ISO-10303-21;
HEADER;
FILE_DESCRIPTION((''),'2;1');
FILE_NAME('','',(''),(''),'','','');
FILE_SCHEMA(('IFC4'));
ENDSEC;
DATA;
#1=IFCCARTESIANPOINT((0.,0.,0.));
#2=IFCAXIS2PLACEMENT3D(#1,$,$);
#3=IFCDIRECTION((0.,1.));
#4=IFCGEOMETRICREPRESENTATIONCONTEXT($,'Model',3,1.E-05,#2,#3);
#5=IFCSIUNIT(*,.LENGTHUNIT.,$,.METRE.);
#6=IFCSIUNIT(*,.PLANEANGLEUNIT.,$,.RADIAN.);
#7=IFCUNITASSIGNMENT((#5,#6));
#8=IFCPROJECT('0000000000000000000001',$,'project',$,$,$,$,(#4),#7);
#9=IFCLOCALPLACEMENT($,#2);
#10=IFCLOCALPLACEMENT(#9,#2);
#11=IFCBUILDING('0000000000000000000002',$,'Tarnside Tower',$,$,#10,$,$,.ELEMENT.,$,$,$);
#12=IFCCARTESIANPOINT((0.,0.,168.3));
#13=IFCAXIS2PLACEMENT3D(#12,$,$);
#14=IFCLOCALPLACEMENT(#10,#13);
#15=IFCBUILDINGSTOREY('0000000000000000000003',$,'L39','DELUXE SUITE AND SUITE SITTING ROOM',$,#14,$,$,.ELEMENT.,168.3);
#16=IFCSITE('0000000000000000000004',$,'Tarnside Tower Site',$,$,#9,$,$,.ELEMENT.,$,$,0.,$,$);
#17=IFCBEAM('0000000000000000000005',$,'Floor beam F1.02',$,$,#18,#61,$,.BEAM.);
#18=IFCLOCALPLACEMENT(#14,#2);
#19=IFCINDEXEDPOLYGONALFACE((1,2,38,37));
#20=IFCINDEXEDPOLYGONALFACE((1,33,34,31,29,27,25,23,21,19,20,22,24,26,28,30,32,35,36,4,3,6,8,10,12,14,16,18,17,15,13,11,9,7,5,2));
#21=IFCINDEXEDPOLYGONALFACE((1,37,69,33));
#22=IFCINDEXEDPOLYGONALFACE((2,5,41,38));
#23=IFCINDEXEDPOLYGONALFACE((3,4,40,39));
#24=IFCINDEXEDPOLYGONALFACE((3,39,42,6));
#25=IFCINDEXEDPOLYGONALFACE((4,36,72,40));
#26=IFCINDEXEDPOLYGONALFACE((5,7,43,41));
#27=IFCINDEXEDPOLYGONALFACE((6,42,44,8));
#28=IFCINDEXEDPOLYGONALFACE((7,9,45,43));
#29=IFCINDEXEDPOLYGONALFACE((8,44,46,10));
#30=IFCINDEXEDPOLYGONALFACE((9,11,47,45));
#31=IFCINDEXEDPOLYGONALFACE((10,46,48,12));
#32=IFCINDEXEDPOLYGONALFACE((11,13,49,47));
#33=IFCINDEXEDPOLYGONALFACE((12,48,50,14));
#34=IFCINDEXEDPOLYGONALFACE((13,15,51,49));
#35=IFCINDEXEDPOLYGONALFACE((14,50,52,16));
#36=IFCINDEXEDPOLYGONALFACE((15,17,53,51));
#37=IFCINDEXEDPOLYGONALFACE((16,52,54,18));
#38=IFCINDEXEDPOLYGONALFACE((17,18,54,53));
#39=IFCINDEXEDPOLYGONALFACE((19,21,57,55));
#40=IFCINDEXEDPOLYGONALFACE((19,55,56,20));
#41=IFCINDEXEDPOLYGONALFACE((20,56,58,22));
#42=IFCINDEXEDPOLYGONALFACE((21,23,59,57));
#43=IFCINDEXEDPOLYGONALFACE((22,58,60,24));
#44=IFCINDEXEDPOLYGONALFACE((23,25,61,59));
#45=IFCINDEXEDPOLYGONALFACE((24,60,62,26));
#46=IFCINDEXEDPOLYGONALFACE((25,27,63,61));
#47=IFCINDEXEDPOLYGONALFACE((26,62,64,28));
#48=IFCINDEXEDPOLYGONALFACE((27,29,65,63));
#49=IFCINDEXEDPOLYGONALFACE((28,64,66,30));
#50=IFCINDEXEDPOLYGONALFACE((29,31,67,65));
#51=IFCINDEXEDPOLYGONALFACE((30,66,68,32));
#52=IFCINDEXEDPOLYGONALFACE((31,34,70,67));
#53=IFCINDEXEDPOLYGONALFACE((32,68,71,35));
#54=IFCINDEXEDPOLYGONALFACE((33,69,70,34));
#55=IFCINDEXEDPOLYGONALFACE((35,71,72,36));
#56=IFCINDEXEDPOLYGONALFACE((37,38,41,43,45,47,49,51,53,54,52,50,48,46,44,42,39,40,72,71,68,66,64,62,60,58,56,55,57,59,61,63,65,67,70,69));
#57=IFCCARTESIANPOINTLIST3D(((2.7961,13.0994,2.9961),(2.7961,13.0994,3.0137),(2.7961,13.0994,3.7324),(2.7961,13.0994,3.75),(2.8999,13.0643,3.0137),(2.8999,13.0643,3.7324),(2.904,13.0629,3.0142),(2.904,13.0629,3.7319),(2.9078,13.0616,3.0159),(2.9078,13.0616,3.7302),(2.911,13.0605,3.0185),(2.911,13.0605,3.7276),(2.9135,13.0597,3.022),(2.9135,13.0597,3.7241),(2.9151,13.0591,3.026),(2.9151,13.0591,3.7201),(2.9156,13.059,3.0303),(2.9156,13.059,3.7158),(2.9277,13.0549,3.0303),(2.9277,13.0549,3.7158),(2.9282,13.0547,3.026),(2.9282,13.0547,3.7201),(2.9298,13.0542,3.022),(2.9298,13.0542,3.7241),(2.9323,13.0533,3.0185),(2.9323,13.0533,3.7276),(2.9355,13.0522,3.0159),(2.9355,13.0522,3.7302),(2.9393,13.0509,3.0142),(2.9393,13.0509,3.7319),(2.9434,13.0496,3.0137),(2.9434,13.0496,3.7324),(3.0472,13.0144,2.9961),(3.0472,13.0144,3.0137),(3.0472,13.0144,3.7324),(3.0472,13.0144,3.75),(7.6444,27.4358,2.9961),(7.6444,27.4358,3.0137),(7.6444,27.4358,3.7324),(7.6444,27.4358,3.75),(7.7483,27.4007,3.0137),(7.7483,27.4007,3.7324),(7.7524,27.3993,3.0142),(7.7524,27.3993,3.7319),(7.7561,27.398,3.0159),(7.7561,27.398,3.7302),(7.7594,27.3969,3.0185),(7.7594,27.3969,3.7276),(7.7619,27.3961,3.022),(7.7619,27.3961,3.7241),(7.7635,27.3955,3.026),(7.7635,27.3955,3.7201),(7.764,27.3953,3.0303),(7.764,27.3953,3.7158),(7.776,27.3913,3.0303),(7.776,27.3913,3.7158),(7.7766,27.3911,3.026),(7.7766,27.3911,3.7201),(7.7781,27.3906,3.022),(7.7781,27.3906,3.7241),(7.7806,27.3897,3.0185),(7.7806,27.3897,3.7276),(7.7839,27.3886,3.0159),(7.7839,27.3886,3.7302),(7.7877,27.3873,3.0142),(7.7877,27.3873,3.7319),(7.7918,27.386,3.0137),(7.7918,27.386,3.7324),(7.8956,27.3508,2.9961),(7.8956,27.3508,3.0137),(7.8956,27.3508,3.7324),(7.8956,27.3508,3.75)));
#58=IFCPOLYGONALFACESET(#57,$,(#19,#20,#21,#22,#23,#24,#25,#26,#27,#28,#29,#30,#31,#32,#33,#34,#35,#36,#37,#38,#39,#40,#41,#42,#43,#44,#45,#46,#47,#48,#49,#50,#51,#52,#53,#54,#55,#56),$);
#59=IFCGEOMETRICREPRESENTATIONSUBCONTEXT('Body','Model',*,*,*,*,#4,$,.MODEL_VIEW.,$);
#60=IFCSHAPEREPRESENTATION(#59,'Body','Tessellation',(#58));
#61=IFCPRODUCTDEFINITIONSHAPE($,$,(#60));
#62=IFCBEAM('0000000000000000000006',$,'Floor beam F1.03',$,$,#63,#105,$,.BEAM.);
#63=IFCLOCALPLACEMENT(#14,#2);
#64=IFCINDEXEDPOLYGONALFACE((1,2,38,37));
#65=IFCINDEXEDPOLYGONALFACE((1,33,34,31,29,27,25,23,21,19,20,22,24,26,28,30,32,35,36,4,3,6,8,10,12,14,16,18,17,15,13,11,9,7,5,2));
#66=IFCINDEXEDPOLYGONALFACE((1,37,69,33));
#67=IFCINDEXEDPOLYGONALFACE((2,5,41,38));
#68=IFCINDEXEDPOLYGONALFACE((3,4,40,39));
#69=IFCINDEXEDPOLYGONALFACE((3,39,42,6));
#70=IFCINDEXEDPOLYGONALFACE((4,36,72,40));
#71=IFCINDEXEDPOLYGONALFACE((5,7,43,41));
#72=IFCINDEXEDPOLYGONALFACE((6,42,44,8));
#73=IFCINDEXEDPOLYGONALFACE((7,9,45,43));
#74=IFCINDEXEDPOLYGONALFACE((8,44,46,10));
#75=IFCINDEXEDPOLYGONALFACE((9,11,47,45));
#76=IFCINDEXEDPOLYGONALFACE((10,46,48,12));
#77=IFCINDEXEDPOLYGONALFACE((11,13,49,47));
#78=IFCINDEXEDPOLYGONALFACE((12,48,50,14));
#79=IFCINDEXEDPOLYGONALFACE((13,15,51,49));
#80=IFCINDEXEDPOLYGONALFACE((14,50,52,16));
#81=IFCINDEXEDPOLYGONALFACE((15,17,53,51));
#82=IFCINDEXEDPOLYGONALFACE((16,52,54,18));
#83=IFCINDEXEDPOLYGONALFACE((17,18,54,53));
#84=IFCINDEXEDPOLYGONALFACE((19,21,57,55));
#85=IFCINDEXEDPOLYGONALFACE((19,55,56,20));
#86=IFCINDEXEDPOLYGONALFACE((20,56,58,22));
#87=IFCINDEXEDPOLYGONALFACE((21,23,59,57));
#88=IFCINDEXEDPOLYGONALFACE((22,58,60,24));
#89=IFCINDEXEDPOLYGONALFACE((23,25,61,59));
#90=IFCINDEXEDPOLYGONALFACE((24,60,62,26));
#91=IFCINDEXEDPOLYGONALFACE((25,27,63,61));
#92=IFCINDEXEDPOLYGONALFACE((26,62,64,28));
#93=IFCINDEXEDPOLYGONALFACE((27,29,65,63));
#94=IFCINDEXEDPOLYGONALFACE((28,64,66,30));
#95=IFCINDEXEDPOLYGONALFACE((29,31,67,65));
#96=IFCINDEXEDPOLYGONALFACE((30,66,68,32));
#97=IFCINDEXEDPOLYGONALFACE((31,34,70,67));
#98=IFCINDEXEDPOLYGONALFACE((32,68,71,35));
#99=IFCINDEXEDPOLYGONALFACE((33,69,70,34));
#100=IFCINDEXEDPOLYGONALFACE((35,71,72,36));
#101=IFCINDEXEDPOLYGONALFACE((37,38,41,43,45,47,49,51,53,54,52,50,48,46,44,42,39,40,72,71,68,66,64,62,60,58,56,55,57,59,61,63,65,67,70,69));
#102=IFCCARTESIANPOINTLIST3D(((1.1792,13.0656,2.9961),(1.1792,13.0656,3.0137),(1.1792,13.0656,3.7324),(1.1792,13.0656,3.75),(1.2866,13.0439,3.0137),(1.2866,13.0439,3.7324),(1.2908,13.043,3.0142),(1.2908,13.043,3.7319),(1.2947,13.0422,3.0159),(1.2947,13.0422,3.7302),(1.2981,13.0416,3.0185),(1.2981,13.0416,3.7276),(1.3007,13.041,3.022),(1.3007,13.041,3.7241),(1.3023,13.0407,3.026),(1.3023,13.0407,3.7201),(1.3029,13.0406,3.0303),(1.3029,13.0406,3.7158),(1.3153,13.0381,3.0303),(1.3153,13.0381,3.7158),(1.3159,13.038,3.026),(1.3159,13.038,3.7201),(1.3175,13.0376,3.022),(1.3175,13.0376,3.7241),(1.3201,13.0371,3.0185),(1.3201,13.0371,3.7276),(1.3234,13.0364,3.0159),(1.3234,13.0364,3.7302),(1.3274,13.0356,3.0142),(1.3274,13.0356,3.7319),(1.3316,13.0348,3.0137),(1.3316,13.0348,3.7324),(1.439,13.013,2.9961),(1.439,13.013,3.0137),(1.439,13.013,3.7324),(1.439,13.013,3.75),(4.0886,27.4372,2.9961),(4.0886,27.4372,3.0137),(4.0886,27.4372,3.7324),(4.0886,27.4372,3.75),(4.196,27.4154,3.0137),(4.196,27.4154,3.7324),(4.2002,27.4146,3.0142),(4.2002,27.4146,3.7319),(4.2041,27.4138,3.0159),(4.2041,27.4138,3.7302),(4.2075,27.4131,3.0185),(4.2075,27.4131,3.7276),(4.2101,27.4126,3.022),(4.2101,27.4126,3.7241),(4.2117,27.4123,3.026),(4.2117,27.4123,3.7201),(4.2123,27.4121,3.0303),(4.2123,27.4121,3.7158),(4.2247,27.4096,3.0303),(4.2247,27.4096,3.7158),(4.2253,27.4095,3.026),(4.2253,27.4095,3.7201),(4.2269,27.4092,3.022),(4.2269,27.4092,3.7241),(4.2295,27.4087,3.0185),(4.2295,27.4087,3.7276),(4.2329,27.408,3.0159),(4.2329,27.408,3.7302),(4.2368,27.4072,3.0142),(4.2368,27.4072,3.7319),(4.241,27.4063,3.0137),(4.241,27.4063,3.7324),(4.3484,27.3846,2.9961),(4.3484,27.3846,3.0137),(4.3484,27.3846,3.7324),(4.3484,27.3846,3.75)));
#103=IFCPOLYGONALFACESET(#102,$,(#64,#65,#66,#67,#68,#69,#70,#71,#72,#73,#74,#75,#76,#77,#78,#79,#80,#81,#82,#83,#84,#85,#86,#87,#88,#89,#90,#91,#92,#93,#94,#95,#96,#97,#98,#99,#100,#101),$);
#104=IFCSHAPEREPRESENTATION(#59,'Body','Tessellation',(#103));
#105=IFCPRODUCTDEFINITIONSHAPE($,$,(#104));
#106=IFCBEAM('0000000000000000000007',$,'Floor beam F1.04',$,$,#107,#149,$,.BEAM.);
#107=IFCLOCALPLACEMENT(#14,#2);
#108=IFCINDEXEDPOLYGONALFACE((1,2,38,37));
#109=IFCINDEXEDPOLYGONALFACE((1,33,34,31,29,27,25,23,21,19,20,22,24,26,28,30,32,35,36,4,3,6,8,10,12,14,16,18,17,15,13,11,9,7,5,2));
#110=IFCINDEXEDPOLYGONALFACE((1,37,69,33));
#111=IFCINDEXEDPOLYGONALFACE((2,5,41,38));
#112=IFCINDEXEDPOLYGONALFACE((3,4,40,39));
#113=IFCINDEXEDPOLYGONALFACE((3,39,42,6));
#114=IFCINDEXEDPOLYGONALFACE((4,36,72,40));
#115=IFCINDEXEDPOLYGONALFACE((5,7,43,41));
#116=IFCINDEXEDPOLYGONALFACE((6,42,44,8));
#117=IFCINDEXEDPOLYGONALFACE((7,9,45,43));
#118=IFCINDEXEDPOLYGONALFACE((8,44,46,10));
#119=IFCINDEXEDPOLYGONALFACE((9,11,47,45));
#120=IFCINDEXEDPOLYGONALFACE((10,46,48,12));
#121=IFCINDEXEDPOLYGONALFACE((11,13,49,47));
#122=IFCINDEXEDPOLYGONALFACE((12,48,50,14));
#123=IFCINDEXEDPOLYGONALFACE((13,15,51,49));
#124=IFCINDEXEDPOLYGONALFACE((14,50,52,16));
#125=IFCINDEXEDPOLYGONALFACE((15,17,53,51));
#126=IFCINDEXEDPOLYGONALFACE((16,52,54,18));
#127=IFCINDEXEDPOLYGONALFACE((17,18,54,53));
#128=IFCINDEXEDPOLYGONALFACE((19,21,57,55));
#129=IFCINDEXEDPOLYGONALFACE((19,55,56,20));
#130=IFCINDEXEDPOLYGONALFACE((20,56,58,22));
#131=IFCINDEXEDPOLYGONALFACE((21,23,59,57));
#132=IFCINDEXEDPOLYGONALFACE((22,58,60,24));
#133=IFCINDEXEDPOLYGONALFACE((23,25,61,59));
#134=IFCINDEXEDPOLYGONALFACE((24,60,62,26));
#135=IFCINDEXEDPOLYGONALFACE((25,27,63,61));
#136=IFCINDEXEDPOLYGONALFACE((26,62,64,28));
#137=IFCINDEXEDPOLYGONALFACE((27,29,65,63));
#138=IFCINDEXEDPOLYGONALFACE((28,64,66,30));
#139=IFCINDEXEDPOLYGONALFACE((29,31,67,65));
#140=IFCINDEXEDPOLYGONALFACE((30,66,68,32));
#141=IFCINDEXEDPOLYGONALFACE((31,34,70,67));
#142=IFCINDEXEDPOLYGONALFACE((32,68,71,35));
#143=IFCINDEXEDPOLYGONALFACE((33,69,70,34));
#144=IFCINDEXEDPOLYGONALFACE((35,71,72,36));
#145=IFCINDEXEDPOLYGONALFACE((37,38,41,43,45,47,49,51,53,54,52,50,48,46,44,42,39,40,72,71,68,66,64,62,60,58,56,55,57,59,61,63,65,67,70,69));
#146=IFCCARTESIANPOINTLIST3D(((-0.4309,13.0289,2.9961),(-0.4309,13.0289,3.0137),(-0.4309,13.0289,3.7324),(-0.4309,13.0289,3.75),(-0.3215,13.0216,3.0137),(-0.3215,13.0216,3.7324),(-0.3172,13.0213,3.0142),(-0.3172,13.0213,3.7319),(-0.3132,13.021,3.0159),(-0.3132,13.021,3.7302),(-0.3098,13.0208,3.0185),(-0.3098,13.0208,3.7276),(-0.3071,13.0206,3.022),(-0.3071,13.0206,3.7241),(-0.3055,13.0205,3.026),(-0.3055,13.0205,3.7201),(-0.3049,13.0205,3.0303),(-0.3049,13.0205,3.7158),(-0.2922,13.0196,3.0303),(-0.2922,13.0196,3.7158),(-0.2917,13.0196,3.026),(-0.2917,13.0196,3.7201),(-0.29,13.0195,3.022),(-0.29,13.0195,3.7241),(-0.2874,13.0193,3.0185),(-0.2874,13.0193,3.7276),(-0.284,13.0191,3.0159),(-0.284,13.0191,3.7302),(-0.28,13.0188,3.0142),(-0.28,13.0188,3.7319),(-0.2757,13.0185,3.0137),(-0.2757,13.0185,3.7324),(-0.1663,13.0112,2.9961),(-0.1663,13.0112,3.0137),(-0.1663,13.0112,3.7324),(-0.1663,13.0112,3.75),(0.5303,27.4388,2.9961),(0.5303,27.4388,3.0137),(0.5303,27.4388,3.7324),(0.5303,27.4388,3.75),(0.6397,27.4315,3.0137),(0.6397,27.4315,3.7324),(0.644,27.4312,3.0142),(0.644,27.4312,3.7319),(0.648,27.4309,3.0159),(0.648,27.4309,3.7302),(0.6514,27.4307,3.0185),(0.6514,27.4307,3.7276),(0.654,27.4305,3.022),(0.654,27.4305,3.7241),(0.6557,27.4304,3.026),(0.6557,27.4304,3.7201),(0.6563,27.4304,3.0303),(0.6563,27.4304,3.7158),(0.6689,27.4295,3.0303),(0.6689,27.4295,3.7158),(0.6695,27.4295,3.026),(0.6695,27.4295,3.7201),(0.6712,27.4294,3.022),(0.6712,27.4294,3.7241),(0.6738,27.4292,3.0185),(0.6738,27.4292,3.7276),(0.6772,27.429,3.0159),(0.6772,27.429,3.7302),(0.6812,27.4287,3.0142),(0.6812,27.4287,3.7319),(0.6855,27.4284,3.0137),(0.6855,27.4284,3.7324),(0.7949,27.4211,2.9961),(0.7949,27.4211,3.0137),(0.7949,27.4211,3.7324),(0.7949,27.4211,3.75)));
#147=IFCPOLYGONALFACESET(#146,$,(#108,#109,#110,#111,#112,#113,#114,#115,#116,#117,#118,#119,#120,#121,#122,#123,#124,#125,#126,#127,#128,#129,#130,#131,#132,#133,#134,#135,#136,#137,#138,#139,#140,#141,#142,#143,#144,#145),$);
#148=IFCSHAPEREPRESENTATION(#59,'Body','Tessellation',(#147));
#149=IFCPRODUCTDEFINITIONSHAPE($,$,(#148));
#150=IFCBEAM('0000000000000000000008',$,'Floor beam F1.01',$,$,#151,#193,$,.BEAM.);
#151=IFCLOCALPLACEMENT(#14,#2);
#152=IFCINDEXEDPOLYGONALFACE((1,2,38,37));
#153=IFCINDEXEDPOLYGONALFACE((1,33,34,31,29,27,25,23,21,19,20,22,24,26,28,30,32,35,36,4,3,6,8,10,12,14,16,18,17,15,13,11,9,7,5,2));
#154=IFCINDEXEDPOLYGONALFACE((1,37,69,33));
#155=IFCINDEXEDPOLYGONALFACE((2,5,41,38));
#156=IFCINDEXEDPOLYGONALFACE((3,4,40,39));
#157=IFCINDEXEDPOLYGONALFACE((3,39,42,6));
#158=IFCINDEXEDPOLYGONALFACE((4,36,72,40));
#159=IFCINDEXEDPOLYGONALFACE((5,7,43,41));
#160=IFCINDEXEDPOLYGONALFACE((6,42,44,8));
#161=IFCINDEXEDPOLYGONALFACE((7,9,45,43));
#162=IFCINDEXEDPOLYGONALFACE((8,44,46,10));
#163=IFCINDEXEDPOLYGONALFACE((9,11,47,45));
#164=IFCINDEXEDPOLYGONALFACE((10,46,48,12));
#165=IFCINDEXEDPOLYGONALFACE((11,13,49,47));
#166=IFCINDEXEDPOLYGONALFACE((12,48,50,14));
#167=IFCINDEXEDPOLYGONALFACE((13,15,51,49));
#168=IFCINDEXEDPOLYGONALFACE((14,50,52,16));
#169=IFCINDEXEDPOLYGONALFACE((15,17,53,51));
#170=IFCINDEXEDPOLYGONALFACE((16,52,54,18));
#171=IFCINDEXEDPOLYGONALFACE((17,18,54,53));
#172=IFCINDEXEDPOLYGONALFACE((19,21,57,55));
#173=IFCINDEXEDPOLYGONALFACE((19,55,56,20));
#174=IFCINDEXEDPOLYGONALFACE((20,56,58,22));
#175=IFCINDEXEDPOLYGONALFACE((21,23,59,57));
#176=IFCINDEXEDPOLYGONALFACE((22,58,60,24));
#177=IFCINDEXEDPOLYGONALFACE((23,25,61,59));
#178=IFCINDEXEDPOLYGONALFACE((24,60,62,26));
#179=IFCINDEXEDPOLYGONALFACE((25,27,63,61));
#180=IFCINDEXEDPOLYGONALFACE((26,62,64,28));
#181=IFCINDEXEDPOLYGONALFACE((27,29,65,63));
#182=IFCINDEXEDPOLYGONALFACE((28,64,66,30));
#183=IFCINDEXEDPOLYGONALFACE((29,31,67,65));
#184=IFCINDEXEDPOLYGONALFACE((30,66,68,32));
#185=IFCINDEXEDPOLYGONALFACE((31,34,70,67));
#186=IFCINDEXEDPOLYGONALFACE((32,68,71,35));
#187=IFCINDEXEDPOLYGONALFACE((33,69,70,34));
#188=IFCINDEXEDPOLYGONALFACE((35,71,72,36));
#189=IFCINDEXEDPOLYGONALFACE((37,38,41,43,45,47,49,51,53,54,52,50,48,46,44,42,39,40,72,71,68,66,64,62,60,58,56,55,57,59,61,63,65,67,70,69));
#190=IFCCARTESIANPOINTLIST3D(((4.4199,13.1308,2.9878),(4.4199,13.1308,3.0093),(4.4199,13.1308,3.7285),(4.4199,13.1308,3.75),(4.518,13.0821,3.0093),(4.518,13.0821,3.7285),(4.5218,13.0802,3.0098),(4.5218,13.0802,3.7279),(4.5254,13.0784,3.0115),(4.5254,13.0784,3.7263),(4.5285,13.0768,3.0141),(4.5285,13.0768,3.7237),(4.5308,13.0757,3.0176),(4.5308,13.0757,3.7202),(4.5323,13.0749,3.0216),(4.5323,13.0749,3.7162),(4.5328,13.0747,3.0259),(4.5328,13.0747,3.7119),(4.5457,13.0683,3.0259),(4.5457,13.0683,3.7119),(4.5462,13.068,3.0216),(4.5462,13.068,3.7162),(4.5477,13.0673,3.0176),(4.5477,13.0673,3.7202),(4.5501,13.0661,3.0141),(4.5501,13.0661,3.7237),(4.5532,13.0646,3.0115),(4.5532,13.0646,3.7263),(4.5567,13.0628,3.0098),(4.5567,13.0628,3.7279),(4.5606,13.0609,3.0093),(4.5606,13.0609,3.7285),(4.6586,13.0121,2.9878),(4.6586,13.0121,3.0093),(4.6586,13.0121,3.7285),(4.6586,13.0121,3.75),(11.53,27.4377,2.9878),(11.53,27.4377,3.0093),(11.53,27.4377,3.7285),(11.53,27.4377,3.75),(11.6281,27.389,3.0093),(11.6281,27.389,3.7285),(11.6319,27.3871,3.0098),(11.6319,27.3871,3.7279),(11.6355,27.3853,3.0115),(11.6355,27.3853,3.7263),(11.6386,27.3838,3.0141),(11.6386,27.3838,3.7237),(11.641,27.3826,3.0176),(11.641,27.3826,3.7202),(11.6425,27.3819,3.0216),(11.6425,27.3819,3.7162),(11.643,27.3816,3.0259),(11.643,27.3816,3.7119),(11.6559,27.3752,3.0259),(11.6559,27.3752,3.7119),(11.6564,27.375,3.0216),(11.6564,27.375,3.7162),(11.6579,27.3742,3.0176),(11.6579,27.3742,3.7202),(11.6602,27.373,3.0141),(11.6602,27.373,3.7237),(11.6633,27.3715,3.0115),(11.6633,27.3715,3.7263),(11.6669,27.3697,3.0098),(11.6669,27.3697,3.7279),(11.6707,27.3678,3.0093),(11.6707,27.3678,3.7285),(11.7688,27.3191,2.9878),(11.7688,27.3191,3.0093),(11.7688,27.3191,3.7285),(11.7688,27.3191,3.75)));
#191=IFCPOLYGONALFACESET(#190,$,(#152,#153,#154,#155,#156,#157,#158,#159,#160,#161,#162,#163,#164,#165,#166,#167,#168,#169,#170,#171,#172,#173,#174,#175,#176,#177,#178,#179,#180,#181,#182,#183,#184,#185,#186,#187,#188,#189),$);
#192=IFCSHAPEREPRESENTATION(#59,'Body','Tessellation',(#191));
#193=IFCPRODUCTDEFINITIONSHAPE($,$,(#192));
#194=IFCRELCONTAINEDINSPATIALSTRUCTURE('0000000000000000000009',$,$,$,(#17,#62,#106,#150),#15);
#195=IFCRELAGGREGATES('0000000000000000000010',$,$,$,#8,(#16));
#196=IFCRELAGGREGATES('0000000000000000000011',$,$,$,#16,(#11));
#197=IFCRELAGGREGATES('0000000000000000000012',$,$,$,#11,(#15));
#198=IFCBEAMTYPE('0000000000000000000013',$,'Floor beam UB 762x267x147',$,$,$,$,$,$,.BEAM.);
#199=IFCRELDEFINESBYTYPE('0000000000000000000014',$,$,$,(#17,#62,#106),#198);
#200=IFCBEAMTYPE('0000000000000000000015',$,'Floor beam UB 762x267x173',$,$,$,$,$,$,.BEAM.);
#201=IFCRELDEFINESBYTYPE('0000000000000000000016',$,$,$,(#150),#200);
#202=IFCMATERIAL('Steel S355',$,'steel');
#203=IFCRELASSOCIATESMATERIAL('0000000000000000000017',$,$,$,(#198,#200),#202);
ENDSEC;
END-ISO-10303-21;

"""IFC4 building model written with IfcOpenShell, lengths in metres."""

from ifc_helpers import new_model, si_unit, direction, frame, origin, origin_2d, place, context, subcontext, project, spatial, i_section, extrude, material, material_profile, profile_set, type_object, element, save


model = new_model("IFC4")

# Units and contexts
model_context = context("Model", 3, precision=1e-05, world=origin(), true_north=direction((0.0, 1.0)))
body_context = subcontext(model_context, "Body", "Model", "MODEL_VIEW")
ifc_project = project(units=[si_unit("LENGTHUNIT", "METRE"), si_unit("PLANEANGLEUNIT", "RADIAN")], contexts=[model_context])

# Site, building, storey
site_placement = place(None, origin())
site = spatial("IfcSite", under=ifc_project, at=site_placement, Name="Tarnside Tower Site", CompositionType="ELEMENT", RefElevation=0.0)
building_placement = place(site_placement, origin())
building = spatial("IfcBuilding", under=site, at=building_placement, Name="Tarnside Tower", CompositionType="ELEMENT")
storey_placement = place(building_placement, frame((0.0, 0.0, 168.3)))
storey = spatial("IfcBuildingStorey", under=building, at=storey_placement, Name="L39", Description="DELUXE SUITE AND SUITE SITTING ROOM", CompositionType="ELEMENT", Elevation=168.3)

# Beams
ifc_material_1 = material(Name="Steel S355", Category="steel")
ifc_material_profile_1 = material_profile(ifc_material_1, i_section(OverallWidth=0.2651, OverallDepth=0.7539, WebThickness=0.0127, FlangeThickness=0.0176, FilletRadius=0.0166, at=origin_2d()), Name="UB 762x267x147")
ifc_profile_set_1 = profile_set([ifc_material_profile_1], Name="Steel S355")
beam_type_1 = type_object("IfcBeamType", Name="Floor beam UB 762x267x147", PredefinedType="BEAM", material=ifc_profile_set_1)
beam_1_placement = place(storey_placement, frame((7.77, 27.3933, 3.373), z_axis=(-0.320363, -0.947295, 0.0), x_axis=(0.947295, -0.320363, 0.0)))
element("IfcBeam", 1, at=beam_1_placement, inside=storey, type_object=beam_type_1, Name="Floor beam F1.02", PredefinedType="BEAM", context=body_context, shape_type="SweptSolid", body=[
    extrude(i_section(OverallWidth=0.2651, OverallDepth=0.7539, WebThickness=0.0127, FlangeThickness=0.0176, FilletRadius=0.0166, at=origin_2d()), origin(), (0.0, 0.0, 1.0), 15.134),
])
beam_2_placement = place(storey_placement, frame((4.2185, 27.4109, 3.373), z_axis=(-0.198418, -0.980118, 0.0), x_axis=(0.980118, -0.198418, 0.0)))
element("IfcBeam", 2, at=beam_2_placement, inside=storey, type_object=beam_type_1, Name="Floor beam F1.03", PredefinedType="BEAM", context=body_context, shape_type="SweptSolid", body=[
    extrude(i_section(OverallWidth=0.2651, OverallDepth=0.7539, WebThickness=0.0127, FlangeThickness=0.0176, FilletRadius=0.0166, at=origin_2d()), origin(), (0.0, 0.0, 1.0), 14.6631),
])
beam_3_placement = place(storey_placement, frame((0.6626, 27.4299, 3.373), z_axis=(-0.066555, -0.997783, 0.0), x_axis=(0.997783, -0.066555, 0.0)))
element("IfcBeam", 3, at=beam_3_placement, inside=storey, type_object=beam_type_1, Name="Floor beam F1.04", PredefinedType="BEAM", context=body_context, shape_type="SweptSolid", body=[
    extrude(i_section(OverallWidth=0.2651, OverallDepth=0.7539, WebThickness=0.0127, FlangeThickness=0.0176, FilletRadius=0.0166, at=origin_2d()), origin(), (0.0, 0.0, 1.0), 14.4419),
])
ifc_material_profile_2 = material_profile(ifc_material_1, i_section(OverallWidth=0.2666, OverallDepth=0.7622, WebThickness=0.0144, FlangeThickness=0.0215, FilletRadius=0.0166, at=origin_2d()), Name="UB 762x267x173")
ifc_profile_set_2 = profile_set([ifc_material_profile_2], Name="Steel S355")
beam_type_2 = type_object("IfcBeamType", Name="Floor beam UB 762x267x173", PredefinedType="BEAM", material=ifc_profile_set_2)
beam_4_placement = place(storey_placement, frame((11.6494, 27.3784, 3.3689), z_axis=(-0.445042, -0.89551, 0.0), x_axis=(0.89551, -0.445042, 0.0)))
element("IfcBeam", 4, at=beam_4_placement, inside=storey, type_object=beam_type_2, Name="Floor beam F1.01", PredefinedType="BEAM", context=body_context, shape_type="SweptSolid", body=[
    extrude(i_section(OverallWidth=0.2666, OverallDepth=0.7622, WebThickness=0.0144, FlangeThickness=0.0215, FilletRadius=0.0166, at=origin_2d()), origin(), (0.0, 0.0, 1.0), 15.9763),
])

save(model, "model.ifc")
